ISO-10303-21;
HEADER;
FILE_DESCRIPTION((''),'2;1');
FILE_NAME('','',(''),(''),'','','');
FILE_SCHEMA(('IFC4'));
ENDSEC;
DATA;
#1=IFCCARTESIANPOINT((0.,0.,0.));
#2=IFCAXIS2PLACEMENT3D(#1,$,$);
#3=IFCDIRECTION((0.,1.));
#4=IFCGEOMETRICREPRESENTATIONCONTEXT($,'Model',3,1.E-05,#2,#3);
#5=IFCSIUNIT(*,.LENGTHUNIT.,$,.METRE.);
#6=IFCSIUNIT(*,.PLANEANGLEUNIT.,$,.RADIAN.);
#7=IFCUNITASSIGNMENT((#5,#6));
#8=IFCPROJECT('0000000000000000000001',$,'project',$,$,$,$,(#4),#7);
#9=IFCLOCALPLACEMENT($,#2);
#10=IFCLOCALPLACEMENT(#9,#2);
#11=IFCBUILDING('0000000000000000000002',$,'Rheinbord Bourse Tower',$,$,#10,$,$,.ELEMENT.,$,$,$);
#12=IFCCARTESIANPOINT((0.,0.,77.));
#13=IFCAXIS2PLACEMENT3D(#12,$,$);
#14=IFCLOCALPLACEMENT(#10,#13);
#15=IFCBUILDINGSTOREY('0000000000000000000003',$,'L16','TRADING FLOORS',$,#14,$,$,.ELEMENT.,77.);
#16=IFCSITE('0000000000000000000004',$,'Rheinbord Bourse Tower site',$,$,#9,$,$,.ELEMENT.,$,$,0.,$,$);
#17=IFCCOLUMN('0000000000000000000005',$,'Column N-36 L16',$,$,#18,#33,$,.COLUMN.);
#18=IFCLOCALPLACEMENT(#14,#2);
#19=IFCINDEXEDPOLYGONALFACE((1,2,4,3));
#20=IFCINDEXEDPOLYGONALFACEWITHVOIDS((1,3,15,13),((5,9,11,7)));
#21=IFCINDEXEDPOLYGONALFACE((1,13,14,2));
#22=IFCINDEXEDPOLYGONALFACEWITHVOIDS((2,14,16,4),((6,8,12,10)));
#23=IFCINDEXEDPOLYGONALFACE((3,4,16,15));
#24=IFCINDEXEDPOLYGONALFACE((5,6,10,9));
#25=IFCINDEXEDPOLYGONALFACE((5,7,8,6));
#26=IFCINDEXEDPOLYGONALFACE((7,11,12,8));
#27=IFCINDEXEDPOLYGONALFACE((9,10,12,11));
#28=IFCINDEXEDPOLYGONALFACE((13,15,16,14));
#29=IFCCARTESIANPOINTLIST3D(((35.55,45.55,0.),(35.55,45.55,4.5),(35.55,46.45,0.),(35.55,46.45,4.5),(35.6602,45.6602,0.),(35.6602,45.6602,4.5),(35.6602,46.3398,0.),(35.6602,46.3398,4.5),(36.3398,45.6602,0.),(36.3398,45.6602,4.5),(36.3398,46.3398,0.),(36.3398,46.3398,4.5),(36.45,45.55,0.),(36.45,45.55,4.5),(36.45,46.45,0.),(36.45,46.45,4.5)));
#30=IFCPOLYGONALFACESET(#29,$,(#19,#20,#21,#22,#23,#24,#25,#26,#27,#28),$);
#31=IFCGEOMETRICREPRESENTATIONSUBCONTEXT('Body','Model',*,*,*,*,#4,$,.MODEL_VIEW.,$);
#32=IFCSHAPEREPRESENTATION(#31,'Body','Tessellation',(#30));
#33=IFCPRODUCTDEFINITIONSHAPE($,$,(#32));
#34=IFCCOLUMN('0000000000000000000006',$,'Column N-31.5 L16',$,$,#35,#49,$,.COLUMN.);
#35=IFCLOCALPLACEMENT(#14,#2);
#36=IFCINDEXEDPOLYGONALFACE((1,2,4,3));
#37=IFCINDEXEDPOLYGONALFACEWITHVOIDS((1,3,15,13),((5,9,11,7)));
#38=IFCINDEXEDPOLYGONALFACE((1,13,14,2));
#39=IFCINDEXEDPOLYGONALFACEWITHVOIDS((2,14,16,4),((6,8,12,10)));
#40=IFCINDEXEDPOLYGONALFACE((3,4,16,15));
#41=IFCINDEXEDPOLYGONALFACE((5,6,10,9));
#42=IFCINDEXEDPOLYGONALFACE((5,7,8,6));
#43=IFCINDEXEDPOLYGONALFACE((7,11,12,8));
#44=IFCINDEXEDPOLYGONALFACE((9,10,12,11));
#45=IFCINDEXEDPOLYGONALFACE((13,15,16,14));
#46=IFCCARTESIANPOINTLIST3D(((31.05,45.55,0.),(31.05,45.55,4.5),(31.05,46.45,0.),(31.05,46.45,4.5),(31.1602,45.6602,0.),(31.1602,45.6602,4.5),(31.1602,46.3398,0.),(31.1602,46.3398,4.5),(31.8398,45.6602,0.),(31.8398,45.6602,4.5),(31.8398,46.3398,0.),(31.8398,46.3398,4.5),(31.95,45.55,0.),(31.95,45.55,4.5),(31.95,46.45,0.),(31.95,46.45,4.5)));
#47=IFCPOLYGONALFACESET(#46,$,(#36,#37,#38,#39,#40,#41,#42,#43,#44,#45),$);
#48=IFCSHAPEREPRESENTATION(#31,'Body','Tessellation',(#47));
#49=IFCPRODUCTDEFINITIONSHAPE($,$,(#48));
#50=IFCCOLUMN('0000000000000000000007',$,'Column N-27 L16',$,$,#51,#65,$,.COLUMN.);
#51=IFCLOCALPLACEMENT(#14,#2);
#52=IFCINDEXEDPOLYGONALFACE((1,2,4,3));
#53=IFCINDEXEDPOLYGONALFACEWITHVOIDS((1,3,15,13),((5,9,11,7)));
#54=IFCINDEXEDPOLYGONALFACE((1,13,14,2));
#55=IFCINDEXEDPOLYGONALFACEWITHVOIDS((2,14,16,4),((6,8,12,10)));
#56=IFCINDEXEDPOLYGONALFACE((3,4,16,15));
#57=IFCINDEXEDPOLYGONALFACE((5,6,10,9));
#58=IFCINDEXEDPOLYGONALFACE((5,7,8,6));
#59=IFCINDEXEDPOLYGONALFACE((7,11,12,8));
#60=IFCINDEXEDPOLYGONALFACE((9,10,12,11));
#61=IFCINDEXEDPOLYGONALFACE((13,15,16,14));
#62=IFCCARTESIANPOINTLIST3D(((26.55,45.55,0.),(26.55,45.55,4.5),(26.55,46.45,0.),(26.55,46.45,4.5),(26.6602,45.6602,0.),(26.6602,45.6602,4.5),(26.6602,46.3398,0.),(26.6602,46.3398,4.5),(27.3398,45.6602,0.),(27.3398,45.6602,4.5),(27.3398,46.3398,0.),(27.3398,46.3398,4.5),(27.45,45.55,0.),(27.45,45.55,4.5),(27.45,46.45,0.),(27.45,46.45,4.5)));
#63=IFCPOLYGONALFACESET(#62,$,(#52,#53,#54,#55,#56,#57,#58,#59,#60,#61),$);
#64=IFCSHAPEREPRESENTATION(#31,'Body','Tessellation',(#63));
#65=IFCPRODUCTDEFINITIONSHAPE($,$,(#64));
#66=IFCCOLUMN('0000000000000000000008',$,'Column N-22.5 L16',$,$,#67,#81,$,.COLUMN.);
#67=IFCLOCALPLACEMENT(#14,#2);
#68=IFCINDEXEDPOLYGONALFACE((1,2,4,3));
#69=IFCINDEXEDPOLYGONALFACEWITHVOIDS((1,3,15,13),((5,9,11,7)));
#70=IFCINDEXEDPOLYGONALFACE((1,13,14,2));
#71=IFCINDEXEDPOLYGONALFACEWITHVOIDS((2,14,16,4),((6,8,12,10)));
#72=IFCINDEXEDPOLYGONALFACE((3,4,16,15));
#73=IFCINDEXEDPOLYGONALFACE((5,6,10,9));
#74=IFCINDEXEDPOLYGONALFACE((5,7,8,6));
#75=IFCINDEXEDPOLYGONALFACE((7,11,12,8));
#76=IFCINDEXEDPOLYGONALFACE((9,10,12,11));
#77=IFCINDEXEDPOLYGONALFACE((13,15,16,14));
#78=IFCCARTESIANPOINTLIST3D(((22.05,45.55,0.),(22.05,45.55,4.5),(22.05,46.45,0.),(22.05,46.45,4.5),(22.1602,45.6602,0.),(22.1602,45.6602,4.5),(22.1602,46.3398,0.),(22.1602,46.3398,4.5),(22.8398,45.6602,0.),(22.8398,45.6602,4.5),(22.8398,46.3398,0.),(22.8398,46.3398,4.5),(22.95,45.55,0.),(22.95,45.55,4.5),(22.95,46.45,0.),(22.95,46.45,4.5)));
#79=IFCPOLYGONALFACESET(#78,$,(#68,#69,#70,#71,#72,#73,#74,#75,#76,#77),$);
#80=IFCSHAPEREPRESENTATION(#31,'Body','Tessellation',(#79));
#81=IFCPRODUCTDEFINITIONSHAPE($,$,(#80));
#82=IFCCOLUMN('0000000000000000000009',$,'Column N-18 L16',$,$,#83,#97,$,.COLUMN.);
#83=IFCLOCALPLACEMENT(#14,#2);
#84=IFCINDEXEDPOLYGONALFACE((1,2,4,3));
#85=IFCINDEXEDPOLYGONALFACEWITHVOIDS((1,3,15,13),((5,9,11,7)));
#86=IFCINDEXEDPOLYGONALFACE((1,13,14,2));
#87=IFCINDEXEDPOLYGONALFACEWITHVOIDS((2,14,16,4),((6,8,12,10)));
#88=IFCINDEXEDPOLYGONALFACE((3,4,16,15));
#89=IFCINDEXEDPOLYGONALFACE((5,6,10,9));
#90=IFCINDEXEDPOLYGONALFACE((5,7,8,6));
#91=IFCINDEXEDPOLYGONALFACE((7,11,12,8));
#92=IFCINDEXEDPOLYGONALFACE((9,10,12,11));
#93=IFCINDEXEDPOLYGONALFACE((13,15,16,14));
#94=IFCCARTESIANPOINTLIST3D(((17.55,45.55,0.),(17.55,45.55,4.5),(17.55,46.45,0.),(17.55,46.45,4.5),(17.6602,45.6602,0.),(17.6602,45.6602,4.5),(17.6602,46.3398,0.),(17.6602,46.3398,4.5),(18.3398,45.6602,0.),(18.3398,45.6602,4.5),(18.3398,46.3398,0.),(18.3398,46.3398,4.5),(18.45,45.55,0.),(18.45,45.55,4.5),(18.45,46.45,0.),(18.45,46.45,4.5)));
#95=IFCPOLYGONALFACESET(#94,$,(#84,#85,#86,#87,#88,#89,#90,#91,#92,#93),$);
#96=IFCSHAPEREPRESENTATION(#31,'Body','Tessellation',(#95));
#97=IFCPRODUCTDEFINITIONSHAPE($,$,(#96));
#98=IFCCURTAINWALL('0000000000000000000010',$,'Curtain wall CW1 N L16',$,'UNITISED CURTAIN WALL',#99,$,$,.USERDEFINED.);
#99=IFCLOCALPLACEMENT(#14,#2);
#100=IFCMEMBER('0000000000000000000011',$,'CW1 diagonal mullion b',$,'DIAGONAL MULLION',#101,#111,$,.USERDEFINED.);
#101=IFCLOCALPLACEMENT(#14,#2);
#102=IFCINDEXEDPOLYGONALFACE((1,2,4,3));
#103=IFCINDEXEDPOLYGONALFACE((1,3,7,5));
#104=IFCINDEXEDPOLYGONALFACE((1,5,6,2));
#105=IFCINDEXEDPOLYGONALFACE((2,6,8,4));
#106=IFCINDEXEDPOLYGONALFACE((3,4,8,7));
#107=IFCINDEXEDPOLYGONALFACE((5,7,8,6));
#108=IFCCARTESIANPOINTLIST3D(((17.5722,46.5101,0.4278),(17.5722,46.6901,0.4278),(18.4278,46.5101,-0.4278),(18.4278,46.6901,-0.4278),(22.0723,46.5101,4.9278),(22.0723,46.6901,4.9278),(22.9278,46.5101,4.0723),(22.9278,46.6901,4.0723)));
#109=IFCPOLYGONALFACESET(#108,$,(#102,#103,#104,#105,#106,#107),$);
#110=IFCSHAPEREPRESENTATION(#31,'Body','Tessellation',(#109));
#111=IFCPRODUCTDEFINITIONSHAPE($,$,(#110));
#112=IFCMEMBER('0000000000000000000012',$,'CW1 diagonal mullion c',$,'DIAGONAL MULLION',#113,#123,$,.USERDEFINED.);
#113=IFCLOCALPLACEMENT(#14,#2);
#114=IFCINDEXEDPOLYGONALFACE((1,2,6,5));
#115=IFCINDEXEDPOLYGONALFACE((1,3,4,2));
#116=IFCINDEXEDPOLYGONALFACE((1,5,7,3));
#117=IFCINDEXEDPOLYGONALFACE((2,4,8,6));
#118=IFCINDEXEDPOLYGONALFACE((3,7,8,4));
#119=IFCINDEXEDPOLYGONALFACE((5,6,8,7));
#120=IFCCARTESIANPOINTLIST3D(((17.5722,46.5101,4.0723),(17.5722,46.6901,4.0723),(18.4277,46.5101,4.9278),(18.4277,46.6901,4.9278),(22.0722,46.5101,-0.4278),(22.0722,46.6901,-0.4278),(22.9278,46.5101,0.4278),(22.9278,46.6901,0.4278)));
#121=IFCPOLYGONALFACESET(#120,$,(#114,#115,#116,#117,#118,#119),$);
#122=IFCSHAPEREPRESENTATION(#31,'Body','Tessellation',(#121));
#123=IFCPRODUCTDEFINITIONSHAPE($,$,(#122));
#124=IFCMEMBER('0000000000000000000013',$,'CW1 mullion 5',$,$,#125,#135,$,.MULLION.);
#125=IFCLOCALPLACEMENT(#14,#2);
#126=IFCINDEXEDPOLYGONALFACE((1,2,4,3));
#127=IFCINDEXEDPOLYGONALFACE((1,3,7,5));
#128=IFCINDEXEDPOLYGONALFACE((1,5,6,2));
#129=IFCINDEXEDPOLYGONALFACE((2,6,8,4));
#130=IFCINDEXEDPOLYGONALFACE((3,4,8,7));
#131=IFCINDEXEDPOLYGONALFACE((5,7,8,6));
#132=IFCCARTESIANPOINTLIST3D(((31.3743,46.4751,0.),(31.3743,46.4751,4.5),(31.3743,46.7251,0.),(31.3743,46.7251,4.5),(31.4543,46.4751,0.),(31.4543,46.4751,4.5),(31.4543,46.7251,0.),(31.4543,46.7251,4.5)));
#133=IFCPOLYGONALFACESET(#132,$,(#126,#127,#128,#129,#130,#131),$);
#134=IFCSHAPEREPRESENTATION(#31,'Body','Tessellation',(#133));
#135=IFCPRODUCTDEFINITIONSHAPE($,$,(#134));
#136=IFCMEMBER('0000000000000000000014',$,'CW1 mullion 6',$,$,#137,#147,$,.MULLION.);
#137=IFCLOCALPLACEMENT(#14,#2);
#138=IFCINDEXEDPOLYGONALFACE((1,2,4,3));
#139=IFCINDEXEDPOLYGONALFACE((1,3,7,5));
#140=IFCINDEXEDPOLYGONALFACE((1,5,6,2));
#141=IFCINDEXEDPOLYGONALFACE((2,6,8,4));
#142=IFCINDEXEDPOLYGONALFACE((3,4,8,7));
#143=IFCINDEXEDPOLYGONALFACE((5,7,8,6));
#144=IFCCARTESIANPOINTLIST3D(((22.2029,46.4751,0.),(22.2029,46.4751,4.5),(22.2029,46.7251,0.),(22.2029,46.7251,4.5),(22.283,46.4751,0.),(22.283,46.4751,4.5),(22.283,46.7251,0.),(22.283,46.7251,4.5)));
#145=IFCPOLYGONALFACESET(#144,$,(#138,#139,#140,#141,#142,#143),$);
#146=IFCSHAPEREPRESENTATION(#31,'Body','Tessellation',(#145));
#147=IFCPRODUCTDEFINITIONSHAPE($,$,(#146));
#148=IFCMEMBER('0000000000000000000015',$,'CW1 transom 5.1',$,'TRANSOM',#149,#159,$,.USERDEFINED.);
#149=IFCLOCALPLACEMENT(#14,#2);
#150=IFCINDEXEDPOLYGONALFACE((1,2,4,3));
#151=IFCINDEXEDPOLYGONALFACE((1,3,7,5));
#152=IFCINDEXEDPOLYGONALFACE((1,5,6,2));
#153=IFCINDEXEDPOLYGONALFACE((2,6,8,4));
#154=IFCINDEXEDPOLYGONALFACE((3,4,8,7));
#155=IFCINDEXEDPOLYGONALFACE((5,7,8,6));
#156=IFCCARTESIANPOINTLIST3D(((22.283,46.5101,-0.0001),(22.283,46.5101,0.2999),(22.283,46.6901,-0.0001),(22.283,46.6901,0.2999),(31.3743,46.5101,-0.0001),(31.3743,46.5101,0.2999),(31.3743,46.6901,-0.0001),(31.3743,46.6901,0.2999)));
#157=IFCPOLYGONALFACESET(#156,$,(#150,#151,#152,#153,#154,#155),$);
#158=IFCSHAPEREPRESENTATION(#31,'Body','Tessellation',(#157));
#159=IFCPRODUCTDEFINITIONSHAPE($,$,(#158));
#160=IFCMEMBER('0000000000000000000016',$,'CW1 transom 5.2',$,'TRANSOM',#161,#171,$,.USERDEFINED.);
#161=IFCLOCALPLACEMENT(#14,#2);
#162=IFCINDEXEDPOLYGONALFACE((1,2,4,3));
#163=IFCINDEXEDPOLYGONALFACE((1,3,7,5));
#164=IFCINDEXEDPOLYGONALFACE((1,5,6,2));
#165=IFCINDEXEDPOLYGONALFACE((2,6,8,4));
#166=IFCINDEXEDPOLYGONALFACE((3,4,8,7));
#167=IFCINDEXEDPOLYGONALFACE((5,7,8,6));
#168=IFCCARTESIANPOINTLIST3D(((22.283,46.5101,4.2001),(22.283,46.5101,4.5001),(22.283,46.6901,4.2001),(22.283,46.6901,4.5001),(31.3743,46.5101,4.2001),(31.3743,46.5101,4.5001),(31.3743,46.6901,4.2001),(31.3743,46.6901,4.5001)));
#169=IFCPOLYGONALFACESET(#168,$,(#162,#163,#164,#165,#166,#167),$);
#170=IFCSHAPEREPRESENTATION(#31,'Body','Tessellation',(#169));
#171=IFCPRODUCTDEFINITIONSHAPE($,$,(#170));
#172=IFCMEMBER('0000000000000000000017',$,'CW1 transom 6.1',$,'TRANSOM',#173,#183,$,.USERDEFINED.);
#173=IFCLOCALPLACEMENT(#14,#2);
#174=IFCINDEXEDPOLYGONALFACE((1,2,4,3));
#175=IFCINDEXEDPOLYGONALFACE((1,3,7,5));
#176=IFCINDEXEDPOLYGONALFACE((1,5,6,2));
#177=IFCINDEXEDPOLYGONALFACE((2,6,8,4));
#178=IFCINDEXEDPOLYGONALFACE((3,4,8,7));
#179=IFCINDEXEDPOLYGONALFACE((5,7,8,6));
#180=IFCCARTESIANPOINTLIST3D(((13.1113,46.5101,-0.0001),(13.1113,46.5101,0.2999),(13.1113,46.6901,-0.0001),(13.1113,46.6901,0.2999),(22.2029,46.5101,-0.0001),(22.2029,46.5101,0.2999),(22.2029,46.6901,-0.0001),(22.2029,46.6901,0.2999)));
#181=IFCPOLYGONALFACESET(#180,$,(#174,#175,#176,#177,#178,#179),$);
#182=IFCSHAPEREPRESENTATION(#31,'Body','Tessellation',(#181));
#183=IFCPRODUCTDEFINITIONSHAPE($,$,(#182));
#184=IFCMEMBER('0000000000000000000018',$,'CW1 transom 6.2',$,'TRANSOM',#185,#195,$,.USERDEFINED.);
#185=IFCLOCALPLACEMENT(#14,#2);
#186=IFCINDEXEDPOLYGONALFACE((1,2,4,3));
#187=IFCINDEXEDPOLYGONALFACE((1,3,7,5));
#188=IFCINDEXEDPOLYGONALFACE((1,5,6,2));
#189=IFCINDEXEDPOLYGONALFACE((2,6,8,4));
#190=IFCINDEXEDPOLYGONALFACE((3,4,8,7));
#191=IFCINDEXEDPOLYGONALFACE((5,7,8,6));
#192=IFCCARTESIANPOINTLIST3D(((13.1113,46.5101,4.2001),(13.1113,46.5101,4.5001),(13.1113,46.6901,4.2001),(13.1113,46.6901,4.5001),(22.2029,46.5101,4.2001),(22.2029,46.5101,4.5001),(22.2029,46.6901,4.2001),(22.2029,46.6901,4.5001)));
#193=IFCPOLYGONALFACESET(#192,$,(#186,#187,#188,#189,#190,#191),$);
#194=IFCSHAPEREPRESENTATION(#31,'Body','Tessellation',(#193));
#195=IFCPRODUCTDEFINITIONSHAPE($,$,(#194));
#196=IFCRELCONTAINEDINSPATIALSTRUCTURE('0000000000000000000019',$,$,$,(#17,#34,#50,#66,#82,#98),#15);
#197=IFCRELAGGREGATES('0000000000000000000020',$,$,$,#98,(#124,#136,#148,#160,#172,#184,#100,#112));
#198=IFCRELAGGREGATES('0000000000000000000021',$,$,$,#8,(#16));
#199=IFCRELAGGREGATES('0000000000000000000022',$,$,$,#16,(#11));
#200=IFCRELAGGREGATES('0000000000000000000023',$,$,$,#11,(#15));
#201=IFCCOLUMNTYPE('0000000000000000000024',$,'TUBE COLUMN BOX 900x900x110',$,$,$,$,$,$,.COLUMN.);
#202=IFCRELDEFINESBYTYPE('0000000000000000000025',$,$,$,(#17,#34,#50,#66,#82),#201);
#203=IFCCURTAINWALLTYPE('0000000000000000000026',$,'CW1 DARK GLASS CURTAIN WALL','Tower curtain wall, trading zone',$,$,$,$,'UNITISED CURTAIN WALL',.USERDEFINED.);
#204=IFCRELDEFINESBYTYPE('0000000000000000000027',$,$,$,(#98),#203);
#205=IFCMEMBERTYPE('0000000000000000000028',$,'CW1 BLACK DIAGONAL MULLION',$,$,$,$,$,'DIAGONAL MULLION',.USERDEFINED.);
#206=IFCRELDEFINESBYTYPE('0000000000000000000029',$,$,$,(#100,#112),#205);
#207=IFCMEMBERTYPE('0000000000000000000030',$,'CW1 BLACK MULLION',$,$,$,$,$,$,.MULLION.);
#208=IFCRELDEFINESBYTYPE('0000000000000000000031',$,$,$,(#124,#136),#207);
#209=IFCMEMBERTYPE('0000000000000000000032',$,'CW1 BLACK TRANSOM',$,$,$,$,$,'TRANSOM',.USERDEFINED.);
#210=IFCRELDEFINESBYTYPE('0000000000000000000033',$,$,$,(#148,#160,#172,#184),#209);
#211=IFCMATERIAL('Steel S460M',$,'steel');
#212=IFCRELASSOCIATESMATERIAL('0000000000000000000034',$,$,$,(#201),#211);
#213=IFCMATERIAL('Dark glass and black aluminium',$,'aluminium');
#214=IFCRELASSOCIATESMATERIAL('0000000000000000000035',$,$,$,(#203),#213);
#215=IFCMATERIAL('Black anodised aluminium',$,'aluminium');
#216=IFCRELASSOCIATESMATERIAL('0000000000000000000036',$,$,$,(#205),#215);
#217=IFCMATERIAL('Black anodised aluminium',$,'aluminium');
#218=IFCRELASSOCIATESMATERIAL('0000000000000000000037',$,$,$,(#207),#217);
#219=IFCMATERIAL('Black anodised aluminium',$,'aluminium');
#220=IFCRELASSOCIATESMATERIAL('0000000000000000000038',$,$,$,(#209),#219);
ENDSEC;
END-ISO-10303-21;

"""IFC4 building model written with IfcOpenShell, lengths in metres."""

from ifc_helpers import new_model, si_unit, direction, frame, origin, origin_2d, place, context, subcontext, project, spatial, rectangle, hollow_rectangle, extrude, material, material_profile, profile_set, type_object, element, aggregate, save


model = new_model("IFC4")

# Units and contexts
model_context = context("Model", 3, precision=1e-05, world=origin(), true_north=direction((0.0, 1.0)))
body_context = subcontext(model_context, "Body", "Model", "MODEL_VIEW")
ifc_project = project(units=[si_unit("LENGTHUNIT", "METRE"), si_unit("PLANEANGLEUNIT", "RADIAN")], contexts=[model_context])

# Site, building, storey
site_placement = place(None, origin())
site = spatial("IfcSite", under=ifc_project, at=site_placement, Name="Rheinbord Bourse Tower site", CompositionType="ELEMENT", RefElevation=0.0)
building_placement = place(site_placement, origin())
building = spatial("IfcBuilding", under=site, at=building_placement, Name="Rheinbord Bourse Tower", CompositionType="ELEMENT")
storey_placement = place(building_placement, frame((0.0, 0.0, 77.0)))
storey = spatial("IfcBuildingStorey", under=building, at=storey_placement, Name="L16", Description="TRADING FLOORS", CompositionType="ELEMENT", Elevation=77.0)

# Columns
ifc_material_1 = material(Name="Steel S460M", Category="steel")
ifc_material_profile_1 = material_profile(ifc_material_1, hollow_rectangle(XDim=0.8999, YDim=0.8999, WallThickness=0.1101, at=origin_2d()), Name="BOX 900x900x110")
ifc_profile_set_1 = profile_set([ifc_material_profile_1], Name="Steel S460M")
column_type = type_object("IfcColumnType", Name="TUBE COLUMN BOX 900x900x110", PredefinedType="COLUMN", material=ifc_profile_set_1)
for number, where, z_axis, x_axis, name in (
    (1, (36.0, 46.0, 0.0), (0.0, 0.0, 1.0), (0.0, 1.0, 0.0), "Column N-36 L16"),
    (2, (31.5, 46.0, 0.0), (0.0, 0.0, 1.0), (0.0, 1.0, 0.0), "Column N-31.5 L16"),
    (3, (27.0, 46.0, 0.0), (0.0, 0.0, 1.0), (0.0, 1.0, 0.0), "Column N-27 L16"),
    (4, (22.5, 46.0, 0.0), (0.0, 0.0, 1.0), (0.0, 1.0, 0.0), "Column N-22.5 L16"),
    (5, (18.0, 46.0, 0.0), (0.0, 0.0, 1.0), (0.0, 1.0, 0.0), "Column N-18 L16"),
):
    element("IfcColumn", number, at=place(storey_placement, frame(where, z_axis=z_axis, x_axis=x_axis)), inside=storey, type_object=column_type, Name=name, PredefinedType="COLUMN", context=body_context, shape_type="SweptSolid", body=[
        extrude(hollow_rectangle(XDim=0.8999, YDim=0.8999, WallThickness=0.1101, at=origin_2d()), origin(), (0.0, 0.0, 1.0), 4.5),
    ])

# Curtain wall, members
ifc_material_2 = material(Name="Dark glass and black aluminium", Category="aluminium")
curtain_wall_type = type_object("IfcCurtainWallType", Name="CW1 DARK GLASS CURTAIN WALL", Description="Tower curtain wall, trading zone", ElementType="UNITISED CURTAIN WALL", PredefinedType="USERDEFINED", material=ifc_material_2)
curtain_wall_placement = place(storey_placement, origin())
curtain_wall = element("IfcCurtainWall", 6, at=curtain_wall_placement, inside=storey, type_object=curtain_wall_type, Name="Curtain wall CW1 N L16", ObjectType="UNITISED CURTAIN WALL", PredefinedType="USERDEFINED")
ifc_material_3 = material(Name="Black anodised aluminium", Category="aluminium")
ifc_material_profile_2 = material_profile(ifc_material_3, rectangle(XDim=0.1799, YDim=1.21, at=origin_2d()), Name="CW1 DIAGONAL MULLION 1210x180")
ifc_profile_set_2 = profile_set([ifc_material_profile_2], Name="Black anodised aluminium")
member_type_1 = type_object("IfcMemberType", Name="CW1 BLACK DIAGONAL MULLION", ElementType="DIAGONAL MULLION", PredefinedType="USERDEFINED", material=ifc_profile_set_2)
member_1_placement = place(storey_placement, frame((18.0, 46.6001, 0.0), z_axis=(0.707107, 0.0, 0.707107), x_axis=(0.0, 1.0, 0.0)))
member_1 = element("IfcMember", 7, at=member_1_placement, type_object=member_type_1, Name="CW1 diagonal mullion b", ObjectType="DIAGONAL MULLION", PredefinedType="USERDEFINED", context=body_context, shape_type="SweptSolid", body=[
    extrude(rectangle(XDim=0.1799, YDim=1.21, at=origin_2d()), origin(), (0.0, 0.0, 1.0), 6.364),
])
member_2_placement = place(storey_placement, frame((22.5, 46.6001, 0.0), z_axis=(-0.707107, 0.0, 0.707107), x_axis=(0.0, -1.0, 0.0)))
member_2 = element("IfcMember", 8, at=member_2_placement, type_object=member_type_1, Name="CW1 diagonal mullion c", ObjectType="DIAGONAL MULLION", PredefinedType="USERDEFINED", context=body_context, shape_type="SweptSolid", body=[
    extrude(rectangle(XDim=0.1799, YDim=1.21, at=origin_2d()), origin(), (0.0, 0.0, 1.0), 6.364),
])
ifc_material_4 = material(Name="Black anodised aluminium", Category="aluminium")
ifc_material_profile_3 = material_profile(ifc_material_4, rectangle(XDim=0.25, YDim=0.0801, at=origin_2d()), Name="CW1 MULLION 80x250")
ifc_profile_set_3 = profile_set([ifc_material_profile_3], Name="Black anodised aluminium")
member_type_2 = type_object("IfcMemberType", Name="CW1 BLACK MULLION", PredefinedType="MULLION", material=ifc_profile_set_3)
member_3_placement = place(storey_placement, frame((31.4143, 46.6001, 0.0), z_axis=(0.0, 0.0, 1.0), x_axis=(0.0, -1.0, 0.0)))
member_3 = element("IfcMember", 9, at=member_3_placement, type_object=member_type_2, Name="CW1 mullion 5", PredefinedType="MULLION", context=body_context, shape_type="SweptSolid", body=[
    extrude(rectangle(XDim=0.25, YDim=0.0801, at=origin_2d()), origin(), (0.0, 0.0, 1.0), 4.5),
])
member_4_placement = place(storey_placement, frame((22.2429, 46.6001, 0.0), z_axis=(0.0, 0.0, 1.0), x_axis=(0.0, -1.0, 0.0)))
member_4 = element("IfcMember", 10, at=member_4_placement, type_object=member_type_2, Name="CW1 mullion 6", PredefinedType="MULLION", context=body_context, shape_type="SweptSolid", body=[
    extrude(rectangle(XDim=0.25, YDim=0.0801, at=origin_2d()), origin(), (0.0, 0.0, 1.0), 4.5),
])
ifc_material_5 = material(Name="Black anodised aluminium", Category="aluminium")
ifc_material_profile_4 = material_profile(ifc_material_5, rectangle(XDim=0.1799, YDim=0.3, at=origin_2d()), Name="CW1 TRANSOM 300x180")
ifc_profile_set_4 = profile_set([ifc_material_profile_4], Name="Black anodised aluminium")
member_type_3 = type_object("IfcMemberType", Name="CW1 BLACK TRANSOM", ElementType="TRANSOM", PredefinedType="USERDEFINED", material=ifc_profile_set_4)
member_5_placement = place(storey_placement, frame((31.3743, 46.6001, 0.1499), z_axis=(-1.0, 0.0, 0.0), x_axis=(0.0, -1.0, 0.0)))
member_5 = element("IfcMember", 11, at=member_5_placement, type_object=member_type_3, Name="CW1 transom 5.1", ObjectType="TRANSOM", PredefinedType="USERDEFINED", context=body_context, shape_type="SweptSolid", body=[
    extrude(rectangle(XDim=0.1799, YDim=0.3, at=origin_2d()), origin(), (0.0, 0.0, 1.0), 9.0913),
])
member_6_placement = place(storey_placement, frame((31.3743, 46.6001, 4.3501), z_axis=(-1.0, 0.0, 0.0), x_axis=(0.0, -1.0, 0.0)))
member_6 = element("IfcMember", 12, at=member_6_placement, type_object=member_type_3, Name="CW1 transom 5.2", ObjectType="TRANSOM", PredefinedType="USERDEFINED", context=body_context, shape_type="SweptSolid", body=[
    extrude(rectangle(XDim=0.1799, YDim=0.3, at=origin_2d()), origin(), (0.0, 0.0, 1.0), 9.0913),
])
member_7_placement = place(storey_placement, frame((22.2029, 46.6001, 0.1499), z_axis=(-1.0, 0.0, 0.0), x_axis=(0.0, -1.0, 0.0)))
member_7 = element("IfcMember", 13, at=member_7_placement, type_object=member_type_3, Name="CW1 transom 6.1", ObjectType="TRANSOM", PredefinedType="USERDEFINED", context=body_context, shape_type="SweptSolid", body=[
    extrude(rectangle(XDim=0.1799, YDim=0.3, at=origin_2d()), origin(), (0.0, 0.0, 1.0), 9.0916),
])
member_8_placement = place(storey_placement, frame((22.2029, 46.6001, 4.3501), z_axis=(-1.0, 0.0, 0.0), x_axis=(0.0, -1.0, 0.0)))
member_8 = element("IfcMember", 14, at=member_8_placement, type_object=member_type_3, Name="CW1 transom 6.2", ObjectType="TRANSOM", PredefinedType="USERDEFINED", context=body_context, shape_type="SweptSolid", body=[
    extrude(rectangle(XDim=0.1799, YDim=0.3, at=origin_2d()), origin(), (0.0, 0.0, 1.0), 9.0916),
])

aggregate(curtain_wall, [member_3, member_4, member_5, member_6, member_7, member_8, member_1, member_2])

save(model, "model.ifc")
